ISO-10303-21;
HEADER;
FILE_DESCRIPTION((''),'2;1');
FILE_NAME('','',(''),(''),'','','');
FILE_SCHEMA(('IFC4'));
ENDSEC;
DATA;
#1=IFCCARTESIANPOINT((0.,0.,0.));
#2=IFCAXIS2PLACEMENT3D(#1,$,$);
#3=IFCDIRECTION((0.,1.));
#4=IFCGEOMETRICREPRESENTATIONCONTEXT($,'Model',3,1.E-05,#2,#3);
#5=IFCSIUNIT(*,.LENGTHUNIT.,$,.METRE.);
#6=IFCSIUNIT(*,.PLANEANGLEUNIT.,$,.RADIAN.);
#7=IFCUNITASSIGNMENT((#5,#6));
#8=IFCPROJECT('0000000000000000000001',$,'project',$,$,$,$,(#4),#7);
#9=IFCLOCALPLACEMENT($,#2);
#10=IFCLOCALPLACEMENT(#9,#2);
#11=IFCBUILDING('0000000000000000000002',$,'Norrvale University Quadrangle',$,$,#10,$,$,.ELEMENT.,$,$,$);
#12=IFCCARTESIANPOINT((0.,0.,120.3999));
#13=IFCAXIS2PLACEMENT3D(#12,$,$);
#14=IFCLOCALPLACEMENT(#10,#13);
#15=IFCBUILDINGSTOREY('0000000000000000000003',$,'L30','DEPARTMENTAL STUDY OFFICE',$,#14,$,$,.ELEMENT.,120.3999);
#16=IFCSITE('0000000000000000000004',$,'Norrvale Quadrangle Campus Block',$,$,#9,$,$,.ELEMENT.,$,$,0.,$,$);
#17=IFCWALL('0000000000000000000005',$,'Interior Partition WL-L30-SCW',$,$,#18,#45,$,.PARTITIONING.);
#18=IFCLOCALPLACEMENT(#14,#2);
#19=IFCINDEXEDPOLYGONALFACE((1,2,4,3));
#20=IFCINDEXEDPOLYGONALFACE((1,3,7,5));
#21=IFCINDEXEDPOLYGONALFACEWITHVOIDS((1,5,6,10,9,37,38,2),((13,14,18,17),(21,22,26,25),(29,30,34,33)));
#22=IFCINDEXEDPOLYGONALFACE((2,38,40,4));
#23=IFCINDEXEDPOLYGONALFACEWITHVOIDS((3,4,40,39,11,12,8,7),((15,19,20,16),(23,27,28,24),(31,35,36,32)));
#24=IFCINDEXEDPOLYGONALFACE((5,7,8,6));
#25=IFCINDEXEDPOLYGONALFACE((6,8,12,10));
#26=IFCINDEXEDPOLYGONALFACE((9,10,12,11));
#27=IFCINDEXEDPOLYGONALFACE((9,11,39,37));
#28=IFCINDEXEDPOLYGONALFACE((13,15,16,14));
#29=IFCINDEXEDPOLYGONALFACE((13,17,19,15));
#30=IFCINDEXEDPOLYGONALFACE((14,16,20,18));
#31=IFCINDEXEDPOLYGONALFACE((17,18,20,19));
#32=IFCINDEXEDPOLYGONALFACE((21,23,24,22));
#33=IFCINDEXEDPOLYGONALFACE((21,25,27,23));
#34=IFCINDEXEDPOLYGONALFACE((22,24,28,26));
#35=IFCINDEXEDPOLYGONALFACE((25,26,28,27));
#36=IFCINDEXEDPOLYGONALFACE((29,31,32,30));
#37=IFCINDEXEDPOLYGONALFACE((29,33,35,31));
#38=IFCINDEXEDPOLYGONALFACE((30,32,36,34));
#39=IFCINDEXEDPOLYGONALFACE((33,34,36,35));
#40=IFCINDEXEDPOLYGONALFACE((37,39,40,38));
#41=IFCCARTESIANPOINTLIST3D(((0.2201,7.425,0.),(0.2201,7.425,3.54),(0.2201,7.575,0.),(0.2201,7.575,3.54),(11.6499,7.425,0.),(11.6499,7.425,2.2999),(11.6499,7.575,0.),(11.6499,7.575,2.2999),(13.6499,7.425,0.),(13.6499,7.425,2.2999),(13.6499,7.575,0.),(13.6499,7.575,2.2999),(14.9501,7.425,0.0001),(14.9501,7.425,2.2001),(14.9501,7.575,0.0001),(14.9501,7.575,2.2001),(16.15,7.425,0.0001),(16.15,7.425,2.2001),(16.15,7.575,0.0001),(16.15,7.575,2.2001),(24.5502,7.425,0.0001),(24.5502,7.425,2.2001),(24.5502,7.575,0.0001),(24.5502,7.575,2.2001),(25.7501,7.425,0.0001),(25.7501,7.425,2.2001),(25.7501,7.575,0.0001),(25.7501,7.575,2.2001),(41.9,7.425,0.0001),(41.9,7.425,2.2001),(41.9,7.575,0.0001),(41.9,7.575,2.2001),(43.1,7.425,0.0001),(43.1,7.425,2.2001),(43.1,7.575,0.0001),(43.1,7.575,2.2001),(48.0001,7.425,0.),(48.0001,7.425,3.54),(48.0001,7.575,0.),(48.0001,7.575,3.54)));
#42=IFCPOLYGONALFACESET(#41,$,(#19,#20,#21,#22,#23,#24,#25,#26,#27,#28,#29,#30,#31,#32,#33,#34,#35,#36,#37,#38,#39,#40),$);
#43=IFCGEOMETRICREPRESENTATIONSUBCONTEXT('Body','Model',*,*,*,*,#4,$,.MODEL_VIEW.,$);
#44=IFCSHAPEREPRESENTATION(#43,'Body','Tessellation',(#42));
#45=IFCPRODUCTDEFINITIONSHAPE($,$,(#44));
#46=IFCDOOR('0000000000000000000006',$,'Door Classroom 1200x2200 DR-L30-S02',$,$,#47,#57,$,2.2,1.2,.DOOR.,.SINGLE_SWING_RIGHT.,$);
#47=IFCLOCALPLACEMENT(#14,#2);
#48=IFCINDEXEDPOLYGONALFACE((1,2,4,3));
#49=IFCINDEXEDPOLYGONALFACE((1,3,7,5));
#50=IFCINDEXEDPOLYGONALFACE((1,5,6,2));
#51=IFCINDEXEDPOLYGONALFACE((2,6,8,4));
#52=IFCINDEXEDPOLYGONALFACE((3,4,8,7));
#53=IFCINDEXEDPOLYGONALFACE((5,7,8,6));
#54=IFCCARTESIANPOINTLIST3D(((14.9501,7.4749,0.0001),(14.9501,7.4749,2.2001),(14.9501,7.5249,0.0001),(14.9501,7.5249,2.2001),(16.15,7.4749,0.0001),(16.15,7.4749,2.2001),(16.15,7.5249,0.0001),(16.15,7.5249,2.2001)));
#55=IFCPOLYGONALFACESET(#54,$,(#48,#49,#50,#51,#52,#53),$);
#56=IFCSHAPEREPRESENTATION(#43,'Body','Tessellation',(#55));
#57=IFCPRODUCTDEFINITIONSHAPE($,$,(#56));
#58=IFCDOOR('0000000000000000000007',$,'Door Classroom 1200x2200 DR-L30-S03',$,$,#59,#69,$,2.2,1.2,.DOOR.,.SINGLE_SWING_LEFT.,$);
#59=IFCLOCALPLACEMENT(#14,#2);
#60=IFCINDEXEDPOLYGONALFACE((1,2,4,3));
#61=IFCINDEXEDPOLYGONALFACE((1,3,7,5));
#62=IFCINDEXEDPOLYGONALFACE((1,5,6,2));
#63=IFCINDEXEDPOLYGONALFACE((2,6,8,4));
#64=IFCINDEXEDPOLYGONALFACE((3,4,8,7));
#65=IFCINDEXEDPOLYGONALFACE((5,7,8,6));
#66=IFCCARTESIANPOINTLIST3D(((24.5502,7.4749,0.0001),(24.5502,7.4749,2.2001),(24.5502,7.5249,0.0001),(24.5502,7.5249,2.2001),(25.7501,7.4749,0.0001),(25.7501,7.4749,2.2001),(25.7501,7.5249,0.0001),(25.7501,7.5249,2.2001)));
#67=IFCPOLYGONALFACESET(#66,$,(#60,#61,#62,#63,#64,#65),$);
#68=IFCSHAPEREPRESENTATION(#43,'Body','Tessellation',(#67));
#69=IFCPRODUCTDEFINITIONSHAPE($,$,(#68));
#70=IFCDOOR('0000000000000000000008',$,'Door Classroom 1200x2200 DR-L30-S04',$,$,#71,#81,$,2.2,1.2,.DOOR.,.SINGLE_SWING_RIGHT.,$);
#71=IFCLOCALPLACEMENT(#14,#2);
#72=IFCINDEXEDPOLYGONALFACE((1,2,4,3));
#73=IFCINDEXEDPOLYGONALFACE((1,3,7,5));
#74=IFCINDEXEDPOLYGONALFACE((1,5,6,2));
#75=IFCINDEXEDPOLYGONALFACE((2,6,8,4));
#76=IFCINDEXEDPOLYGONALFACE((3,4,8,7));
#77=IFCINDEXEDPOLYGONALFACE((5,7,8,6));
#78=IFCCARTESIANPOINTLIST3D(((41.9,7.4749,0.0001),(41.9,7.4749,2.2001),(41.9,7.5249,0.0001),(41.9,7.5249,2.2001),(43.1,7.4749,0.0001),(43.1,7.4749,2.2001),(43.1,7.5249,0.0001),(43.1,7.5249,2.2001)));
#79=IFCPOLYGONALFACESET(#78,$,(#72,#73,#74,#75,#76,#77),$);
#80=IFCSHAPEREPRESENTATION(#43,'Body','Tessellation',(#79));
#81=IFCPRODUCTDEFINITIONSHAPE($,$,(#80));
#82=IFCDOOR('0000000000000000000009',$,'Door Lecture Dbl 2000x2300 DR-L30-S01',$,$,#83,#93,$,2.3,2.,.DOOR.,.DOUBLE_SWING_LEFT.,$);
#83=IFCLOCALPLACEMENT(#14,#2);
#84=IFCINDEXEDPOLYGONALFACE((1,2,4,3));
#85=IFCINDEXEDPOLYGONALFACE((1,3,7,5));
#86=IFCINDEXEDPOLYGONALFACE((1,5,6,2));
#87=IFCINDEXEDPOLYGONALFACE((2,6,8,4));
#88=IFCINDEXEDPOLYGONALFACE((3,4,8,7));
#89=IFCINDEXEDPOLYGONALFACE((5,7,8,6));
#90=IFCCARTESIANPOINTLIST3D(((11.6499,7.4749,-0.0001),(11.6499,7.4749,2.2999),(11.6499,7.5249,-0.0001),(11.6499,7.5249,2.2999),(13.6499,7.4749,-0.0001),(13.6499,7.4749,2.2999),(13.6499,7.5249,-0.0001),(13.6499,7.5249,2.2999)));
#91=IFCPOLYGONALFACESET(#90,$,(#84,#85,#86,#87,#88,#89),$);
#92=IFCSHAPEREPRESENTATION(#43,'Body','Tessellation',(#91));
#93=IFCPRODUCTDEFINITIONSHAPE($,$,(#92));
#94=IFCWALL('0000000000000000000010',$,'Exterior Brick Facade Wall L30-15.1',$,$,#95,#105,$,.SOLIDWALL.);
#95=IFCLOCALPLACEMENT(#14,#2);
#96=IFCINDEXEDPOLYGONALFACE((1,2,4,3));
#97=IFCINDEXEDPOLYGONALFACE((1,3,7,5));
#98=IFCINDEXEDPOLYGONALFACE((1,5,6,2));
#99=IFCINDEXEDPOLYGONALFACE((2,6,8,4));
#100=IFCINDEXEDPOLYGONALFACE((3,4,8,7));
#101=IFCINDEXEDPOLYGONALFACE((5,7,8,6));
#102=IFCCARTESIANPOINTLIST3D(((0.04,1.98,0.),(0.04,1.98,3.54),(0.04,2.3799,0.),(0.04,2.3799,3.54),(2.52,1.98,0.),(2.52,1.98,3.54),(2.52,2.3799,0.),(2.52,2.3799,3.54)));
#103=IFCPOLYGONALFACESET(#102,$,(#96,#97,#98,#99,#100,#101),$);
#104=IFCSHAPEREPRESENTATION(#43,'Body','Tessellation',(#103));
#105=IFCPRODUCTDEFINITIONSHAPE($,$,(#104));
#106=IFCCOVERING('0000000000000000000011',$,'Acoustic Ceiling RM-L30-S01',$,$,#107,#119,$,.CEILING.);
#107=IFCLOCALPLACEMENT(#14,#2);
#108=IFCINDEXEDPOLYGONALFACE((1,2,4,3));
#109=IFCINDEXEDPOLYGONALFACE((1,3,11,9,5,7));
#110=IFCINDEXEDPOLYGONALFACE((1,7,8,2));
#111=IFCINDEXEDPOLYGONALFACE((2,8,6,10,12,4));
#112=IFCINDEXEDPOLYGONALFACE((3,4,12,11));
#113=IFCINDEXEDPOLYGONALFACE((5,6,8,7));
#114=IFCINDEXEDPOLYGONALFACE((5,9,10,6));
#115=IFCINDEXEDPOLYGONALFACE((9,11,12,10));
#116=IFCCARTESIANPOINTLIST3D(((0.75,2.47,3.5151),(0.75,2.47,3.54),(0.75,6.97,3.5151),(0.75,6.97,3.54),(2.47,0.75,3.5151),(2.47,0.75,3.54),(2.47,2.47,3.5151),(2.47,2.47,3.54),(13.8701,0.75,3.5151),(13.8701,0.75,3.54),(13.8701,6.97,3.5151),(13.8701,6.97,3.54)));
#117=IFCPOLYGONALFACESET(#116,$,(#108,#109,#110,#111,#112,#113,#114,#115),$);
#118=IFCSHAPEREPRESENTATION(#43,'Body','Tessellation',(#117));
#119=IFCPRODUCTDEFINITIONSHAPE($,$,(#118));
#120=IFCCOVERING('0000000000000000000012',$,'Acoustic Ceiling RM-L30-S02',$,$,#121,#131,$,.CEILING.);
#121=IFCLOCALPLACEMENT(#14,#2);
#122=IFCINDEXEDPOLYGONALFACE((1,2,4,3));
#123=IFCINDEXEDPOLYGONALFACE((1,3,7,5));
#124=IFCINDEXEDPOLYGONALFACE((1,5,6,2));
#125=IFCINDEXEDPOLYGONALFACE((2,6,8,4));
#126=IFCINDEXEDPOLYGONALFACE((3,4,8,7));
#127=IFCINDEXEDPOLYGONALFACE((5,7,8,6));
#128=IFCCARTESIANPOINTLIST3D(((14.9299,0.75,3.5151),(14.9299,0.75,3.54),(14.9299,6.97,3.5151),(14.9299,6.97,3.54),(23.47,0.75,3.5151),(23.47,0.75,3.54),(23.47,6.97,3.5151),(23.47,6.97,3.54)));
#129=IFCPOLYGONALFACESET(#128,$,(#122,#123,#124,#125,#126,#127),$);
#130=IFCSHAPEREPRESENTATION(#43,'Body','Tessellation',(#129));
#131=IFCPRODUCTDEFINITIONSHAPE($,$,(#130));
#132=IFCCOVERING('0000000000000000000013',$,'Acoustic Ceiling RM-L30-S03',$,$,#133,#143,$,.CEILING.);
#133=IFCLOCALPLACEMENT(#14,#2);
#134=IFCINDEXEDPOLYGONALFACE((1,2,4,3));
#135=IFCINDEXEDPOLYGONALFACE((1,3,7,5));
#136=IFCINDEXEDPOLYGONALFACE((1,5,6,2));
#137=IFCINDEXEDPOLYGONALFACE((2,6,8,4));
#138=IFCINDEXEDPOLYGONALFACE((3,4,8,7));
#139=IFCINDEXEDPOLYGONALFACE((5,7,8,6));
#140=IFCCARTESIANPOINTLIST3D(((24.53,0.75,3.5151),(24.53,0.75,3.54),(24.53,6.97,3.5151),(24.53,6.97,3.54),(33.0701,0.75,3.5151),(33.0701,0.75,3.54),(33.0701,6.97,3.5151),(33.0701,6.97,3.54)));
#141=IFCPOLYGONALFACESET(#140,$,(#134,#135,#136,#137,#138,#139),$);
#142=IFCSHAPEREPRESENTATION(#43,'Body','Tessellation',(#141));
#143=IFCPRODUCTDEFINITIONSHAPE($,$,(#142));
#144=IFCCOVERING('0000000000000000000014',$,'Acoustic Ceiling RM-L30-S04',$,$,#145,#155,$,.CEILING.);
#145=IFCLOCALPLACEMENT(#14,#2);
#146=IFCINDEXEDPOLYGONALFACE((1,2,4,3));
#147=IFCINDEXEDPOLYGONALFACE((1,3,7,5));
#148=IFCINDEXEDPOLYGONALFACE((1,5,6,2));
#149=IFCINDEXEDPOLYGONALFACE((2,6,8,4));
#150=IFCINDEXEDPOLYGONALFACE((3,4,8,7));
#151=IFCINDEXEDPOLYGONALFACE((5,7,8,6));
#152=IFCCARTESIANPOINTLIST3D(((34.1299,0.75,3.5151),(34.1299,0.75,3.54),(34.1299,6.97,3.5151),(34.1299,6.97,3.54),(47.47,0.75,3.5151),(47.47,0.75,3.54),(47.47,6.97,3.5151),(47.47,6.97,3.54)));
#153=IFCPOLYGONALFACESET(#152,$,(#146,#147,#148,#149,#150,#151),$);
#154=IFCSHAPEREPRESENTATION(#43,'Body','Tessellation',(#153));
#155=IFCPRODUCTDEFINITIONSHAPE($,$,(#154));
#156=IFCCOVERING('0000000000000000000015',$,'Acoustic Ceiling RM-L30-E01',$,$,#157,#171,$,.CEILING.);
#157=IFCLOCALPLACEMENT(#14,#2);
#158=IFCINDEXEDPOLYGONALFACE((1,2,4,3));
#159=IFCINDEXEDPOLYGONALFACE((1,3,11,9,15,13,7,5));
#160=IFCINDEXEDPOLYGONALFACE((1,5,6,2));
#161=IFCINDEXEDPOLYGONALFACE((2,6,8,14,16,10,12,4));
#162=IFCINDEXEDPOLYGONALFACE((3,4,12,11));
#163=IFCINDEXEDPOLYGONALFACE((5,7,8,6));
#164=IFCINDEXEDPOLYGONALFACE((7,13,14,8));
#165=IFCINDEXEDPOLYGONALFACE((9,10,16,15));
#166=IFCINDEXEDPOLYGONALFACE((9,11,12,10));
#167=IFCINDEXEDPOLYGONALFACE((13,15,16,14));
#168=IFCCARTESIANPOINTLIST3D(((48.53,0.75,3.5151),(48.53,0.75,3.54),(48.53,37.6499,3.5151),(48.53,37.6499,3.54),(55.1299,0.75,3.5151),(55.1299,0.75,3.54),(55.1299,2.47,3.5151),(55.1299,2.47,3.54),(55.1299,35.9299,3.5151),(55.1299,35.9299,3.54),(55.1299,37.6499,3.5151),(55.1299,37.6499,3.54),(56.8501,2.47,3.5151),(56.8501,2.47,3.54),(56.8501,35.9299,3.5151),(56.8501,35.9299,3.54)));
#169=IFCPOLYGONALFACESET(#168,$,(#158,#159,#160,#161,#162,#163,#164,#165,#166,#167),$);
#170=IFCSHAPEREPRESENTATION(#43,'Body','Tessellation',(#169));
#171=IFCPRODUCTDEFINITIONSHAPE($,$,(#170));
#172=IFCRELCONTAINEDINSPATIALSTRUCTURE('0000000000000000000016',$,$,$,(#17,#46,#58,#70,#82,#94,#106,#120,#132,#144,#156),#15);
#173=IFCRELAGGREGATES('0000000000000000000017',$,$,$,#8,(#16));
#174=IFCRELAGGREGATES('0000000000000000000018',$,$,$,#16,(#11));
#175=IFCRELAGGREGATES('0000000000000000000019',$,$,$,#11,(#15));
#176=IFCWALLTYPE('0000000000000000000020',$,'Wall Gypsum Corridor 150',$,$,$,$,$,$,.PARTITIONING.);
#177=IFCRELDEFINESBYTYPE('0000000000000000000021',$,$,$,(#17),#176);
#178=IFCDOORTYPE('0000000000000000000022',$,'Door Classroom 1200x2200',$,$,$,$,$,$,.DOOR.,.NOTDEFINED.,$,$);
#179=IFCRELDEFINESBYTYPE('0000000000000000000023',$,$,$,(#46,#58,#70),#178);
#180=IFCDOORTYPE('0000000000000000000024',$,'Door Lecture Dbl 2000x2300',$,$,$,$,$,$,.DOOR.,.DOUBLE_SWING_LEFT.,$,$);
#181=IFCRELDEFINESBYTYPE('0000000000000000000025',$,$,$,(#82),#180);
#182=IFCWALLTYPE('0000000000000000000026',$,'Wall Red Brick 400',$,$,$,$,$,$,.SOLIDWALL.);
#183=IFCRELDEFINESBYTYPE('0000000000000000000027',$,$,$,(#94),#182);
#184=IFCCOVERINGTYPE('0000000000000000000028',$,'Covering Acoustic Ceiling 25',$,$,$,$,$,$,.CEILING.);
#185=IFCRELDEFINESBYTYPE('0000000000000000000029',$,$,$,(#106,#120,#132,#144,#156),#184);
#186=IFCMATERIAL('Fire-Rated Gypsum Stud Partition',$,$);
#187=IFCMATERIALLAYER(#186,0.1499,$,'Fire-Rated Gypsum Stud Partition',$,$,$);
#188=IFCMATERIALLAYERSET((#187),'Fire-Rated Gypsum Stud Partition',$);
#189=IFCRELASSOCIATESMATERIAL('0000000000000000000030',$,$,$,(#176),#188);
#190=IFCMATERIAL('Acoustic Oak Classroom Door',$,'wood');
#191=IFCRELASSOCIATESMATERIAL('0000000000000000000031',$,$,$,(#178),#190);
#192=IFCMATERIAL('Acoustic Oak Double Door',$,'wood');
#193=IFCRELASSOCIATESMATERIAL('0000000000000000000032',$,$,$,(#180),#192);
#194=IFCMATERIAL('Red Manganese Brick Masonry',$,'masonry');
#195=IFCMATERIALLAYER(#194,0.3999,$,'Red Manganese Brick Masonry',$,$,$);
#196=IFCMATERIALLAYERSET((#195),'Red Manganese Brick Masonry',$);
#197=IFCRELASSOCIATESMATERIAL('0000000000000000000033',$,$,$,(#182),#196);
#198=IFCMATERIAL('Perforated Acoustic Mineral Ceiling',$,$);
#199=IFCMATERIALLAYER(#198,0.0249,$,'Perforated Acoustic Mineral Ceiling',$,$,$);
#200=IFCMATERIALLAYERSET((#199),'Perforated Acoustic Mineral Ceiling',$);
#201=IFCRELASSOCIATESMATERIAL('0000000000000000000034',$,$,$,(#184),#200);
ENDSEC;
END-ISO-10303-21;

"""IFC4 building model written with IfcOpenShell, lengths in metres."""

from ifc_helpers import new_model, si_unit, direction, frame, frame_2d, origin, place, context, subcontext, project, spatial, polyline, rectangle, outline, extrude, material, layer, layer_set, type_object, element, fill, save


model = new_model("IFC4")

# Units and contexts
model_context = context("Model", 3, precision=1e-05, world=origin(), true_north=direction((0.0, 1.0)))
body_context = subcontext(model_context, "Body", "Model", "MODEL_VIEW")
ifc_project = project(units=[si_unit("LENGTHUNIT", "METRE"), si_unit("PLANEANGLEUNIT", "RADIAN")], contexts=[model_context])

# Site, building, storey
site_placement = place(None, origin())
site = spatial("IfcSite", under=ifc_project, at=site_placement, Name="Norrvale Quadrangle Campus Block", CompositionType="ELEMENT", RefElevation=0.0)
building_placement = place(site_placement, origin())
building = spatial("IfcBuilding", under=site, at=building_placement, Name="Norrvale University Quadrangle", CompositionType="ELEMENT")
storey_placement = place(building_placement, frame((0.0, 0.0, 120.3999)))
storey = spatial("IfcBuildingStorey", under=building, at=storey_placement, Name="L30", Description="DEPARTMENTAL STUDY OFFICE", CompositionType="ELEMENT", Elevation=120.3999)

# Wall, openings, doors
ifc_material_1 = material(Name="Fire-Rated Gypsum Stud Partition")
ifc_layer_1 = layer(ifc_material_1, 0.1499, Name="Fire-Rated Gypsum Stud Partition")
ifc_layer_set_1 = layer_set([ifc_layer_1], Name="Fire-Rated Gypsum Stud Partition")
wall_type_1 = type_object("IfcWallType", Name="Wall Gypsum Corridor 150", PredefinedType="PARTITIONING", material=ifc_layer_set_1)
wall_1_placement = place(storey_placement, frame((0.22, 7.5, 0.0), z_axis=(0.0, 0.0, 1.0), x_axis=(1.0, 0.0, 0.0)))
wall_1 = element("IfcWall", 1, at=wall_1_placement, inside=storey, type_object=wall_type_1, Name="Interior Partition WL-L30-SCW", PredefinedType="PARTITIONING", context=body_context, shape_type="SweptSolid", body=[
    extrude(rectangle(XDim=47.78, YDim=0.1499, at=frame_2d((23.8901, 0.0))), origin(), (0.0, 0.0, 1.0), 3.54),
])
opening_1_placement = place(wall_1_placement, frame((11.4299, 0.0, 0.0)))
opening_1 = element("IfcOpeningElement", 2, at=opening_1_placement, cuts=wall_1, PredefinedType="OPENING", context=body_context, shape_type="SweptSolid", body=[
    extrude(rectangle(XDim=2.0, YDim=2.3, at=frame_2d((1.0, 1.1499))), frame((0.0, 0.0869, 0.0), z_axis=(0.0, -1.0, 0.0), x_axis=(1.0, 0.0, 0.0)), (0.0, 0.0, 1.0), 0.1738),
])
opening_2_placement = place(wall_1_placement, frame((14.73, 0.0, 0.0)))
opening_2 = element("IfcOpeningElement", 3, at=opening_2_placement, cuts=wall_1, PredefinedType="OPENING", context=body_context, shape_type="SweptSolid", body=[
    extrude(rectangle(XDim=1.2, YDim=2.2, at=frame_2d((0.6001, 1.1001))), frame((0.0, 0.0869, 0.0), z_axis=(0.0, -1.0, 0.0), x_axis=(1.0, 0.0, 0.0)), (0.0, 0.0, 1.0), 0.1738),
])
opening_3_placement = place(wall_1_placement, frame((24.3301, 0.0, 0.0)))
opening_3 = element("IfcOpeningElement", 4, at=opening_3_placement, cuts=wall_1, PredefinedType="OPENING", context=body_context, shape_type="SweptSolid", body=[
    extrude(rectangle(XDim=1.2, YDim=2.2, at=frame_2d((0.6001, 1.1001))), frame((0.0, 0.0869, 0.0), z_axis=(0.0, -1.0, 0.0), x_axis=(1.0, 0.0, 0.0)), (0.0, 0.0, 1.0), 0.1738),
])
opening_4_placement = place(wall_1_placement, frame((41.6799, 0.0, 0.0)))
opening_4 = element("IfcOpeningElement", 5, at=opening_4_placement, cuts=wall_1, PredefinedType="OPENING", context=body_context, shape_type="SweptSolid", body=[
    extrude(rectangle(XDim=1.2, YDim=2.2, at=frame_2d((0.6001, 1.1001))), frame((0.0, 0.0869, 0.0), z_axis=(0.0, -1.0, 0.0), x_axis=(1.0, 0.0, 0.0)), (0.0, 0.0, 1.0), 0.1738),
])
ifc_material_2 = material(Name="Acoustic Oak Classroom Door", Category="wood")
door_type_1 = type_object("IfcDoorType", Name="Door Classroom 1200x2200", OperationType="NOTDEFINED", PredefinedType="DOOR", material=ifc_material_2)
door_1_placement = place(opening_2_placement, origin())
door_1 = element("IfcDoor", 6, at=door_1_placement, inside=storey, type_object=door_type_1, Name="Door Classroom 1200x2200 DR-L30-S02", OperationType="SINGLE_SWING_RIGHT", OverallHeight=2.2, OverallWidth=1.2, PredefinedType="DOOR", context=body_context, shape_type="SweptSolid", body=[
    extrude(rectangle(XDim=1.2, YDim=2.2, at=frame_2d((0.6001, 1.1001))), frame((0.0, 0.0249, 0.0), z_axis=(0.0, -1.0, 0.0), x_axis=(1.0, 0.0, 0.0)), (0.0, 0.0, 1.0), 0.05),
])
fill(opening_2, door_1)
door_2_placement = place(opening_3_placement, origin())
door_2 = element("IfcDoor", 7, at=door_2_placement, inside=storey, type_object=door_type_1, Name="Door Classroom 1200x2200 DR-L30-S03", OperationType="SINGLE_SWING_LEFT", OverallHeight=2.2, OverallWidth=1.2, PredefinedType="DOOR", context=body_context, shape_type="SweptSolid", body=[
    extrude(rectangle(XDim=1.2, YDim=2.2, at=frame_2d((0.6001, 1.1001))), frame((0.0, 0.0249, 0.0), z_axis=(0.0, -1.0, 0.0), x_axis=(1.0, 0.0, 0.0)), (0.0, 0.0, 1.0), 0.05),
])
fill(opening_3, door_2)
door_3_placement = place(opening_4_placement, origin())
door_3 = element("IfcDoor", 8, at=door_3_placement, inside=storey, type_object=door_type_1, Name="Door Classroom 1200x2200 DR-L30-S04", OperationType="SINGLE_SWING_RIGHT", OverallHeight=2.2, OverallWidth=1.2, PredefinedType="DOOR", context=body_context, shape_type="SweptSolid", body=[
    extrude(rectangle(XDim=1.2, YDim=2.2, at=frame_2d((0.6001, 1.1001))), frame((0.0, 0.0249, 0.0), z_axis=(0.0, -1.0, 0.0), x_axis=(1.0, 0.0, 0.0)), (0.0, 0.0, 1.0), 0.05),
])
fill(opening_4, door_3)
ifc_material_3 = material(Name="Acoustic Oak Double Door", Category="wood")
door_type_2 = type_object("IfcDoorType", Name="Door Lecture Dbl 2000x2300", OperationType="DOUBLE_SWING_LEFT", PredefinedType="DOOR", material=ifc_material_3)
door_4_placement = place(opening_1_placement, origin())
door_4 = element("IfcDoor", 9, at=door_4_placement, inside=storey, type_object=door_type_2, Name="Door Lecture Dbl 2000x2300 DR-L30-S01", OperationType="DOUBLE_SWING_LEFT", OverallHeight=2.3, OverallWidth=2.0, PredefinedType="DOOR", context=body_context, shape_type="SweptSolid", body=[
    extrude(rectangle(XDim=2.0, YDim=2.3, at=frame_2d((1.0, 1.1499))), frame((0.0, 0.0249, 0.0), z_axis=(0.0, -1.0, 0.0), x_axis=(1.0, 0.0, 0.0)), (0.0, 0.0, 1.0), 0.05),
])
fill(opening_1, door_4)

# Wall
ifc_material_4 = material(Name="Red Manganese Brick Masonry", Category="masonry")
ifc_layer_2 = layer(ifc_material_4, 0.3999, Name="Red Manganese Brick Masonry")
ifc_layer_set_2 = layer_set([ifc_layer_2], Name="Red Manganese Brick Masonry")
wall_type_2 = type_object("IfcWallType", Name="Wall Red Brick 400", PredefinedType="SOLIDWALL", material=ifc_layer_set_2)
wall_2_placement = place(storey_placement, frame((0.04, 2.1799, 0.0), z_axis=(0.0, 0.0, 1.0), x_axis=(1.0, 0.0, 0.0)))
element("IfcWall", 10, at=wall_2_placement, inside=storey, type_object=wall_type_2, Name="Exterior Brick Facade Wall L30-15.1", PredefinedType="SOLIDWALL", context=body_context, shape_type="SweptSolid", body=[
    extrude(rectangle(XDim=2.48, YDim=0.3999, at=frame_2d((1.24, 0.0))), origin(), (0.0, 0.0, 1.0), 3.54),
])

# Coverings
ifc_material_5 = material(Name="Perforated Acoustic Mineral Ceiling")
ifc_layer_3 = layer(ifc_material_5, 0.0249, Name="Perforated Acoustic Mineral Ceiling")
ifc_layer_set_3 = layer_set([ifc_layer_3], Name="Perforated Acoustic Mineral Ceiling")
covering_type_1 = type_object("IfcCoveringType", Name="Covering Acoustic Ceiling 25", PredefinedType="CEILING", material=ifc_layer_set_3)
covering_1_placement = place(storey_placement, frame((0.0, 0.0, 3.5151)))
element("IfcCovering", 11, at=covering_1_placement, inside=storey, type_object=covering_type_1, Name="Acoustic Ceiling RM-L30-S01", PredefinedType="CEILING", context=body_context, shape_type="SweptSolid", body=[
    extrude(outline(polyline([(0.75, 6.97), (13.8701, 6.97), (13.8701, 0.75), (2.47, 0.75), (2.47, 2.47), (0.75, 2.47), (0.75, 6.97)])), origin(), (0.0, 0.0, 1.0), 0.0249),
])
covering_2_placement = place(storey_placement, frame((0.0, 0.0, 3.5151)))
element("IfcCovering", 12, at=covering_2_placement, inside=storey, type_object=covering_type_1, Name="Acoustic Ceiling RM-L30-S02", PredefinedType="CEILING", context=body_context, shape_type="SweptSolid", body=[
    extrude(outline(polyline([(14.9299, 6.97), (23.47, 6.97), (23.47, 0.75), (14.9299, 0.75), (14.9299, 6.97)])), origin(), (0.0, 0.0, 1.0), 0.0249),
])
covering_3_placement = place(storey_placement, frame((0.0, 0.0, 3.5151)))
element("IfcCovering", 13, at=covering_3_placement, inside=storey, type_object=covering_type_1, Name="Acoustic Ceiling RM-L30-S03", PredefinedType="CEILING", context=body_context, shape_type="SweptSolid", body=[
    extrude(outline(polyline([(24.53, 6.97), (33.0701, 6.97), (33.0701, 0.75), (24.53, 0.75), (24.53, 6.97)])), origin(), (0.0, 0.0, 1.0), 0.0249),
])
covering_4_placement = place(storey_placement, frame((0.0, 0.0, 3.5151)))
element("IfcCovering", 14, at=covering_4_placement, inside=storey, type_object=covering_type_1, Name="Acoustic Ceiling RM-L30-S04", PredefinedType="CEILING", context=body_context, shape_type="SweptSolid", body=[
    extrude(outline(polyline([(34.1299, 6.97), (47.47, 6.97), (47.47, 0.75), (34.1299, 0.75), (34.1299, 6.97)])), origin(), (0.0, 0.0, 1.0), 0.0249),
])
covering_5_placement = place(storey_placement, frame((0.0, 0.0, 3.5151)))
element("IfcCovering", 15, at=covering_5_placement, inside=storey, type_object=covering_type_1, Name="Acoustic Ceiling RM-L30-E01", PredefinedType="CEILING", context=body_context, shape_type="SweptSolid", body=[
    extrude(outline(polyline([(48.53, 0.75), (48.53, 37.6499), (55.1299, 37.6499), (55.1299, 35.9299), (56.8501, 35.9299), (56.8501, 2.47), (55.1299, 2.47), (55.1299, 0.75), (48.53, 0.75)])), origin(), (0.0, 0.0, 1.0), 0.0249),
])

save(model, "model.ifc")
